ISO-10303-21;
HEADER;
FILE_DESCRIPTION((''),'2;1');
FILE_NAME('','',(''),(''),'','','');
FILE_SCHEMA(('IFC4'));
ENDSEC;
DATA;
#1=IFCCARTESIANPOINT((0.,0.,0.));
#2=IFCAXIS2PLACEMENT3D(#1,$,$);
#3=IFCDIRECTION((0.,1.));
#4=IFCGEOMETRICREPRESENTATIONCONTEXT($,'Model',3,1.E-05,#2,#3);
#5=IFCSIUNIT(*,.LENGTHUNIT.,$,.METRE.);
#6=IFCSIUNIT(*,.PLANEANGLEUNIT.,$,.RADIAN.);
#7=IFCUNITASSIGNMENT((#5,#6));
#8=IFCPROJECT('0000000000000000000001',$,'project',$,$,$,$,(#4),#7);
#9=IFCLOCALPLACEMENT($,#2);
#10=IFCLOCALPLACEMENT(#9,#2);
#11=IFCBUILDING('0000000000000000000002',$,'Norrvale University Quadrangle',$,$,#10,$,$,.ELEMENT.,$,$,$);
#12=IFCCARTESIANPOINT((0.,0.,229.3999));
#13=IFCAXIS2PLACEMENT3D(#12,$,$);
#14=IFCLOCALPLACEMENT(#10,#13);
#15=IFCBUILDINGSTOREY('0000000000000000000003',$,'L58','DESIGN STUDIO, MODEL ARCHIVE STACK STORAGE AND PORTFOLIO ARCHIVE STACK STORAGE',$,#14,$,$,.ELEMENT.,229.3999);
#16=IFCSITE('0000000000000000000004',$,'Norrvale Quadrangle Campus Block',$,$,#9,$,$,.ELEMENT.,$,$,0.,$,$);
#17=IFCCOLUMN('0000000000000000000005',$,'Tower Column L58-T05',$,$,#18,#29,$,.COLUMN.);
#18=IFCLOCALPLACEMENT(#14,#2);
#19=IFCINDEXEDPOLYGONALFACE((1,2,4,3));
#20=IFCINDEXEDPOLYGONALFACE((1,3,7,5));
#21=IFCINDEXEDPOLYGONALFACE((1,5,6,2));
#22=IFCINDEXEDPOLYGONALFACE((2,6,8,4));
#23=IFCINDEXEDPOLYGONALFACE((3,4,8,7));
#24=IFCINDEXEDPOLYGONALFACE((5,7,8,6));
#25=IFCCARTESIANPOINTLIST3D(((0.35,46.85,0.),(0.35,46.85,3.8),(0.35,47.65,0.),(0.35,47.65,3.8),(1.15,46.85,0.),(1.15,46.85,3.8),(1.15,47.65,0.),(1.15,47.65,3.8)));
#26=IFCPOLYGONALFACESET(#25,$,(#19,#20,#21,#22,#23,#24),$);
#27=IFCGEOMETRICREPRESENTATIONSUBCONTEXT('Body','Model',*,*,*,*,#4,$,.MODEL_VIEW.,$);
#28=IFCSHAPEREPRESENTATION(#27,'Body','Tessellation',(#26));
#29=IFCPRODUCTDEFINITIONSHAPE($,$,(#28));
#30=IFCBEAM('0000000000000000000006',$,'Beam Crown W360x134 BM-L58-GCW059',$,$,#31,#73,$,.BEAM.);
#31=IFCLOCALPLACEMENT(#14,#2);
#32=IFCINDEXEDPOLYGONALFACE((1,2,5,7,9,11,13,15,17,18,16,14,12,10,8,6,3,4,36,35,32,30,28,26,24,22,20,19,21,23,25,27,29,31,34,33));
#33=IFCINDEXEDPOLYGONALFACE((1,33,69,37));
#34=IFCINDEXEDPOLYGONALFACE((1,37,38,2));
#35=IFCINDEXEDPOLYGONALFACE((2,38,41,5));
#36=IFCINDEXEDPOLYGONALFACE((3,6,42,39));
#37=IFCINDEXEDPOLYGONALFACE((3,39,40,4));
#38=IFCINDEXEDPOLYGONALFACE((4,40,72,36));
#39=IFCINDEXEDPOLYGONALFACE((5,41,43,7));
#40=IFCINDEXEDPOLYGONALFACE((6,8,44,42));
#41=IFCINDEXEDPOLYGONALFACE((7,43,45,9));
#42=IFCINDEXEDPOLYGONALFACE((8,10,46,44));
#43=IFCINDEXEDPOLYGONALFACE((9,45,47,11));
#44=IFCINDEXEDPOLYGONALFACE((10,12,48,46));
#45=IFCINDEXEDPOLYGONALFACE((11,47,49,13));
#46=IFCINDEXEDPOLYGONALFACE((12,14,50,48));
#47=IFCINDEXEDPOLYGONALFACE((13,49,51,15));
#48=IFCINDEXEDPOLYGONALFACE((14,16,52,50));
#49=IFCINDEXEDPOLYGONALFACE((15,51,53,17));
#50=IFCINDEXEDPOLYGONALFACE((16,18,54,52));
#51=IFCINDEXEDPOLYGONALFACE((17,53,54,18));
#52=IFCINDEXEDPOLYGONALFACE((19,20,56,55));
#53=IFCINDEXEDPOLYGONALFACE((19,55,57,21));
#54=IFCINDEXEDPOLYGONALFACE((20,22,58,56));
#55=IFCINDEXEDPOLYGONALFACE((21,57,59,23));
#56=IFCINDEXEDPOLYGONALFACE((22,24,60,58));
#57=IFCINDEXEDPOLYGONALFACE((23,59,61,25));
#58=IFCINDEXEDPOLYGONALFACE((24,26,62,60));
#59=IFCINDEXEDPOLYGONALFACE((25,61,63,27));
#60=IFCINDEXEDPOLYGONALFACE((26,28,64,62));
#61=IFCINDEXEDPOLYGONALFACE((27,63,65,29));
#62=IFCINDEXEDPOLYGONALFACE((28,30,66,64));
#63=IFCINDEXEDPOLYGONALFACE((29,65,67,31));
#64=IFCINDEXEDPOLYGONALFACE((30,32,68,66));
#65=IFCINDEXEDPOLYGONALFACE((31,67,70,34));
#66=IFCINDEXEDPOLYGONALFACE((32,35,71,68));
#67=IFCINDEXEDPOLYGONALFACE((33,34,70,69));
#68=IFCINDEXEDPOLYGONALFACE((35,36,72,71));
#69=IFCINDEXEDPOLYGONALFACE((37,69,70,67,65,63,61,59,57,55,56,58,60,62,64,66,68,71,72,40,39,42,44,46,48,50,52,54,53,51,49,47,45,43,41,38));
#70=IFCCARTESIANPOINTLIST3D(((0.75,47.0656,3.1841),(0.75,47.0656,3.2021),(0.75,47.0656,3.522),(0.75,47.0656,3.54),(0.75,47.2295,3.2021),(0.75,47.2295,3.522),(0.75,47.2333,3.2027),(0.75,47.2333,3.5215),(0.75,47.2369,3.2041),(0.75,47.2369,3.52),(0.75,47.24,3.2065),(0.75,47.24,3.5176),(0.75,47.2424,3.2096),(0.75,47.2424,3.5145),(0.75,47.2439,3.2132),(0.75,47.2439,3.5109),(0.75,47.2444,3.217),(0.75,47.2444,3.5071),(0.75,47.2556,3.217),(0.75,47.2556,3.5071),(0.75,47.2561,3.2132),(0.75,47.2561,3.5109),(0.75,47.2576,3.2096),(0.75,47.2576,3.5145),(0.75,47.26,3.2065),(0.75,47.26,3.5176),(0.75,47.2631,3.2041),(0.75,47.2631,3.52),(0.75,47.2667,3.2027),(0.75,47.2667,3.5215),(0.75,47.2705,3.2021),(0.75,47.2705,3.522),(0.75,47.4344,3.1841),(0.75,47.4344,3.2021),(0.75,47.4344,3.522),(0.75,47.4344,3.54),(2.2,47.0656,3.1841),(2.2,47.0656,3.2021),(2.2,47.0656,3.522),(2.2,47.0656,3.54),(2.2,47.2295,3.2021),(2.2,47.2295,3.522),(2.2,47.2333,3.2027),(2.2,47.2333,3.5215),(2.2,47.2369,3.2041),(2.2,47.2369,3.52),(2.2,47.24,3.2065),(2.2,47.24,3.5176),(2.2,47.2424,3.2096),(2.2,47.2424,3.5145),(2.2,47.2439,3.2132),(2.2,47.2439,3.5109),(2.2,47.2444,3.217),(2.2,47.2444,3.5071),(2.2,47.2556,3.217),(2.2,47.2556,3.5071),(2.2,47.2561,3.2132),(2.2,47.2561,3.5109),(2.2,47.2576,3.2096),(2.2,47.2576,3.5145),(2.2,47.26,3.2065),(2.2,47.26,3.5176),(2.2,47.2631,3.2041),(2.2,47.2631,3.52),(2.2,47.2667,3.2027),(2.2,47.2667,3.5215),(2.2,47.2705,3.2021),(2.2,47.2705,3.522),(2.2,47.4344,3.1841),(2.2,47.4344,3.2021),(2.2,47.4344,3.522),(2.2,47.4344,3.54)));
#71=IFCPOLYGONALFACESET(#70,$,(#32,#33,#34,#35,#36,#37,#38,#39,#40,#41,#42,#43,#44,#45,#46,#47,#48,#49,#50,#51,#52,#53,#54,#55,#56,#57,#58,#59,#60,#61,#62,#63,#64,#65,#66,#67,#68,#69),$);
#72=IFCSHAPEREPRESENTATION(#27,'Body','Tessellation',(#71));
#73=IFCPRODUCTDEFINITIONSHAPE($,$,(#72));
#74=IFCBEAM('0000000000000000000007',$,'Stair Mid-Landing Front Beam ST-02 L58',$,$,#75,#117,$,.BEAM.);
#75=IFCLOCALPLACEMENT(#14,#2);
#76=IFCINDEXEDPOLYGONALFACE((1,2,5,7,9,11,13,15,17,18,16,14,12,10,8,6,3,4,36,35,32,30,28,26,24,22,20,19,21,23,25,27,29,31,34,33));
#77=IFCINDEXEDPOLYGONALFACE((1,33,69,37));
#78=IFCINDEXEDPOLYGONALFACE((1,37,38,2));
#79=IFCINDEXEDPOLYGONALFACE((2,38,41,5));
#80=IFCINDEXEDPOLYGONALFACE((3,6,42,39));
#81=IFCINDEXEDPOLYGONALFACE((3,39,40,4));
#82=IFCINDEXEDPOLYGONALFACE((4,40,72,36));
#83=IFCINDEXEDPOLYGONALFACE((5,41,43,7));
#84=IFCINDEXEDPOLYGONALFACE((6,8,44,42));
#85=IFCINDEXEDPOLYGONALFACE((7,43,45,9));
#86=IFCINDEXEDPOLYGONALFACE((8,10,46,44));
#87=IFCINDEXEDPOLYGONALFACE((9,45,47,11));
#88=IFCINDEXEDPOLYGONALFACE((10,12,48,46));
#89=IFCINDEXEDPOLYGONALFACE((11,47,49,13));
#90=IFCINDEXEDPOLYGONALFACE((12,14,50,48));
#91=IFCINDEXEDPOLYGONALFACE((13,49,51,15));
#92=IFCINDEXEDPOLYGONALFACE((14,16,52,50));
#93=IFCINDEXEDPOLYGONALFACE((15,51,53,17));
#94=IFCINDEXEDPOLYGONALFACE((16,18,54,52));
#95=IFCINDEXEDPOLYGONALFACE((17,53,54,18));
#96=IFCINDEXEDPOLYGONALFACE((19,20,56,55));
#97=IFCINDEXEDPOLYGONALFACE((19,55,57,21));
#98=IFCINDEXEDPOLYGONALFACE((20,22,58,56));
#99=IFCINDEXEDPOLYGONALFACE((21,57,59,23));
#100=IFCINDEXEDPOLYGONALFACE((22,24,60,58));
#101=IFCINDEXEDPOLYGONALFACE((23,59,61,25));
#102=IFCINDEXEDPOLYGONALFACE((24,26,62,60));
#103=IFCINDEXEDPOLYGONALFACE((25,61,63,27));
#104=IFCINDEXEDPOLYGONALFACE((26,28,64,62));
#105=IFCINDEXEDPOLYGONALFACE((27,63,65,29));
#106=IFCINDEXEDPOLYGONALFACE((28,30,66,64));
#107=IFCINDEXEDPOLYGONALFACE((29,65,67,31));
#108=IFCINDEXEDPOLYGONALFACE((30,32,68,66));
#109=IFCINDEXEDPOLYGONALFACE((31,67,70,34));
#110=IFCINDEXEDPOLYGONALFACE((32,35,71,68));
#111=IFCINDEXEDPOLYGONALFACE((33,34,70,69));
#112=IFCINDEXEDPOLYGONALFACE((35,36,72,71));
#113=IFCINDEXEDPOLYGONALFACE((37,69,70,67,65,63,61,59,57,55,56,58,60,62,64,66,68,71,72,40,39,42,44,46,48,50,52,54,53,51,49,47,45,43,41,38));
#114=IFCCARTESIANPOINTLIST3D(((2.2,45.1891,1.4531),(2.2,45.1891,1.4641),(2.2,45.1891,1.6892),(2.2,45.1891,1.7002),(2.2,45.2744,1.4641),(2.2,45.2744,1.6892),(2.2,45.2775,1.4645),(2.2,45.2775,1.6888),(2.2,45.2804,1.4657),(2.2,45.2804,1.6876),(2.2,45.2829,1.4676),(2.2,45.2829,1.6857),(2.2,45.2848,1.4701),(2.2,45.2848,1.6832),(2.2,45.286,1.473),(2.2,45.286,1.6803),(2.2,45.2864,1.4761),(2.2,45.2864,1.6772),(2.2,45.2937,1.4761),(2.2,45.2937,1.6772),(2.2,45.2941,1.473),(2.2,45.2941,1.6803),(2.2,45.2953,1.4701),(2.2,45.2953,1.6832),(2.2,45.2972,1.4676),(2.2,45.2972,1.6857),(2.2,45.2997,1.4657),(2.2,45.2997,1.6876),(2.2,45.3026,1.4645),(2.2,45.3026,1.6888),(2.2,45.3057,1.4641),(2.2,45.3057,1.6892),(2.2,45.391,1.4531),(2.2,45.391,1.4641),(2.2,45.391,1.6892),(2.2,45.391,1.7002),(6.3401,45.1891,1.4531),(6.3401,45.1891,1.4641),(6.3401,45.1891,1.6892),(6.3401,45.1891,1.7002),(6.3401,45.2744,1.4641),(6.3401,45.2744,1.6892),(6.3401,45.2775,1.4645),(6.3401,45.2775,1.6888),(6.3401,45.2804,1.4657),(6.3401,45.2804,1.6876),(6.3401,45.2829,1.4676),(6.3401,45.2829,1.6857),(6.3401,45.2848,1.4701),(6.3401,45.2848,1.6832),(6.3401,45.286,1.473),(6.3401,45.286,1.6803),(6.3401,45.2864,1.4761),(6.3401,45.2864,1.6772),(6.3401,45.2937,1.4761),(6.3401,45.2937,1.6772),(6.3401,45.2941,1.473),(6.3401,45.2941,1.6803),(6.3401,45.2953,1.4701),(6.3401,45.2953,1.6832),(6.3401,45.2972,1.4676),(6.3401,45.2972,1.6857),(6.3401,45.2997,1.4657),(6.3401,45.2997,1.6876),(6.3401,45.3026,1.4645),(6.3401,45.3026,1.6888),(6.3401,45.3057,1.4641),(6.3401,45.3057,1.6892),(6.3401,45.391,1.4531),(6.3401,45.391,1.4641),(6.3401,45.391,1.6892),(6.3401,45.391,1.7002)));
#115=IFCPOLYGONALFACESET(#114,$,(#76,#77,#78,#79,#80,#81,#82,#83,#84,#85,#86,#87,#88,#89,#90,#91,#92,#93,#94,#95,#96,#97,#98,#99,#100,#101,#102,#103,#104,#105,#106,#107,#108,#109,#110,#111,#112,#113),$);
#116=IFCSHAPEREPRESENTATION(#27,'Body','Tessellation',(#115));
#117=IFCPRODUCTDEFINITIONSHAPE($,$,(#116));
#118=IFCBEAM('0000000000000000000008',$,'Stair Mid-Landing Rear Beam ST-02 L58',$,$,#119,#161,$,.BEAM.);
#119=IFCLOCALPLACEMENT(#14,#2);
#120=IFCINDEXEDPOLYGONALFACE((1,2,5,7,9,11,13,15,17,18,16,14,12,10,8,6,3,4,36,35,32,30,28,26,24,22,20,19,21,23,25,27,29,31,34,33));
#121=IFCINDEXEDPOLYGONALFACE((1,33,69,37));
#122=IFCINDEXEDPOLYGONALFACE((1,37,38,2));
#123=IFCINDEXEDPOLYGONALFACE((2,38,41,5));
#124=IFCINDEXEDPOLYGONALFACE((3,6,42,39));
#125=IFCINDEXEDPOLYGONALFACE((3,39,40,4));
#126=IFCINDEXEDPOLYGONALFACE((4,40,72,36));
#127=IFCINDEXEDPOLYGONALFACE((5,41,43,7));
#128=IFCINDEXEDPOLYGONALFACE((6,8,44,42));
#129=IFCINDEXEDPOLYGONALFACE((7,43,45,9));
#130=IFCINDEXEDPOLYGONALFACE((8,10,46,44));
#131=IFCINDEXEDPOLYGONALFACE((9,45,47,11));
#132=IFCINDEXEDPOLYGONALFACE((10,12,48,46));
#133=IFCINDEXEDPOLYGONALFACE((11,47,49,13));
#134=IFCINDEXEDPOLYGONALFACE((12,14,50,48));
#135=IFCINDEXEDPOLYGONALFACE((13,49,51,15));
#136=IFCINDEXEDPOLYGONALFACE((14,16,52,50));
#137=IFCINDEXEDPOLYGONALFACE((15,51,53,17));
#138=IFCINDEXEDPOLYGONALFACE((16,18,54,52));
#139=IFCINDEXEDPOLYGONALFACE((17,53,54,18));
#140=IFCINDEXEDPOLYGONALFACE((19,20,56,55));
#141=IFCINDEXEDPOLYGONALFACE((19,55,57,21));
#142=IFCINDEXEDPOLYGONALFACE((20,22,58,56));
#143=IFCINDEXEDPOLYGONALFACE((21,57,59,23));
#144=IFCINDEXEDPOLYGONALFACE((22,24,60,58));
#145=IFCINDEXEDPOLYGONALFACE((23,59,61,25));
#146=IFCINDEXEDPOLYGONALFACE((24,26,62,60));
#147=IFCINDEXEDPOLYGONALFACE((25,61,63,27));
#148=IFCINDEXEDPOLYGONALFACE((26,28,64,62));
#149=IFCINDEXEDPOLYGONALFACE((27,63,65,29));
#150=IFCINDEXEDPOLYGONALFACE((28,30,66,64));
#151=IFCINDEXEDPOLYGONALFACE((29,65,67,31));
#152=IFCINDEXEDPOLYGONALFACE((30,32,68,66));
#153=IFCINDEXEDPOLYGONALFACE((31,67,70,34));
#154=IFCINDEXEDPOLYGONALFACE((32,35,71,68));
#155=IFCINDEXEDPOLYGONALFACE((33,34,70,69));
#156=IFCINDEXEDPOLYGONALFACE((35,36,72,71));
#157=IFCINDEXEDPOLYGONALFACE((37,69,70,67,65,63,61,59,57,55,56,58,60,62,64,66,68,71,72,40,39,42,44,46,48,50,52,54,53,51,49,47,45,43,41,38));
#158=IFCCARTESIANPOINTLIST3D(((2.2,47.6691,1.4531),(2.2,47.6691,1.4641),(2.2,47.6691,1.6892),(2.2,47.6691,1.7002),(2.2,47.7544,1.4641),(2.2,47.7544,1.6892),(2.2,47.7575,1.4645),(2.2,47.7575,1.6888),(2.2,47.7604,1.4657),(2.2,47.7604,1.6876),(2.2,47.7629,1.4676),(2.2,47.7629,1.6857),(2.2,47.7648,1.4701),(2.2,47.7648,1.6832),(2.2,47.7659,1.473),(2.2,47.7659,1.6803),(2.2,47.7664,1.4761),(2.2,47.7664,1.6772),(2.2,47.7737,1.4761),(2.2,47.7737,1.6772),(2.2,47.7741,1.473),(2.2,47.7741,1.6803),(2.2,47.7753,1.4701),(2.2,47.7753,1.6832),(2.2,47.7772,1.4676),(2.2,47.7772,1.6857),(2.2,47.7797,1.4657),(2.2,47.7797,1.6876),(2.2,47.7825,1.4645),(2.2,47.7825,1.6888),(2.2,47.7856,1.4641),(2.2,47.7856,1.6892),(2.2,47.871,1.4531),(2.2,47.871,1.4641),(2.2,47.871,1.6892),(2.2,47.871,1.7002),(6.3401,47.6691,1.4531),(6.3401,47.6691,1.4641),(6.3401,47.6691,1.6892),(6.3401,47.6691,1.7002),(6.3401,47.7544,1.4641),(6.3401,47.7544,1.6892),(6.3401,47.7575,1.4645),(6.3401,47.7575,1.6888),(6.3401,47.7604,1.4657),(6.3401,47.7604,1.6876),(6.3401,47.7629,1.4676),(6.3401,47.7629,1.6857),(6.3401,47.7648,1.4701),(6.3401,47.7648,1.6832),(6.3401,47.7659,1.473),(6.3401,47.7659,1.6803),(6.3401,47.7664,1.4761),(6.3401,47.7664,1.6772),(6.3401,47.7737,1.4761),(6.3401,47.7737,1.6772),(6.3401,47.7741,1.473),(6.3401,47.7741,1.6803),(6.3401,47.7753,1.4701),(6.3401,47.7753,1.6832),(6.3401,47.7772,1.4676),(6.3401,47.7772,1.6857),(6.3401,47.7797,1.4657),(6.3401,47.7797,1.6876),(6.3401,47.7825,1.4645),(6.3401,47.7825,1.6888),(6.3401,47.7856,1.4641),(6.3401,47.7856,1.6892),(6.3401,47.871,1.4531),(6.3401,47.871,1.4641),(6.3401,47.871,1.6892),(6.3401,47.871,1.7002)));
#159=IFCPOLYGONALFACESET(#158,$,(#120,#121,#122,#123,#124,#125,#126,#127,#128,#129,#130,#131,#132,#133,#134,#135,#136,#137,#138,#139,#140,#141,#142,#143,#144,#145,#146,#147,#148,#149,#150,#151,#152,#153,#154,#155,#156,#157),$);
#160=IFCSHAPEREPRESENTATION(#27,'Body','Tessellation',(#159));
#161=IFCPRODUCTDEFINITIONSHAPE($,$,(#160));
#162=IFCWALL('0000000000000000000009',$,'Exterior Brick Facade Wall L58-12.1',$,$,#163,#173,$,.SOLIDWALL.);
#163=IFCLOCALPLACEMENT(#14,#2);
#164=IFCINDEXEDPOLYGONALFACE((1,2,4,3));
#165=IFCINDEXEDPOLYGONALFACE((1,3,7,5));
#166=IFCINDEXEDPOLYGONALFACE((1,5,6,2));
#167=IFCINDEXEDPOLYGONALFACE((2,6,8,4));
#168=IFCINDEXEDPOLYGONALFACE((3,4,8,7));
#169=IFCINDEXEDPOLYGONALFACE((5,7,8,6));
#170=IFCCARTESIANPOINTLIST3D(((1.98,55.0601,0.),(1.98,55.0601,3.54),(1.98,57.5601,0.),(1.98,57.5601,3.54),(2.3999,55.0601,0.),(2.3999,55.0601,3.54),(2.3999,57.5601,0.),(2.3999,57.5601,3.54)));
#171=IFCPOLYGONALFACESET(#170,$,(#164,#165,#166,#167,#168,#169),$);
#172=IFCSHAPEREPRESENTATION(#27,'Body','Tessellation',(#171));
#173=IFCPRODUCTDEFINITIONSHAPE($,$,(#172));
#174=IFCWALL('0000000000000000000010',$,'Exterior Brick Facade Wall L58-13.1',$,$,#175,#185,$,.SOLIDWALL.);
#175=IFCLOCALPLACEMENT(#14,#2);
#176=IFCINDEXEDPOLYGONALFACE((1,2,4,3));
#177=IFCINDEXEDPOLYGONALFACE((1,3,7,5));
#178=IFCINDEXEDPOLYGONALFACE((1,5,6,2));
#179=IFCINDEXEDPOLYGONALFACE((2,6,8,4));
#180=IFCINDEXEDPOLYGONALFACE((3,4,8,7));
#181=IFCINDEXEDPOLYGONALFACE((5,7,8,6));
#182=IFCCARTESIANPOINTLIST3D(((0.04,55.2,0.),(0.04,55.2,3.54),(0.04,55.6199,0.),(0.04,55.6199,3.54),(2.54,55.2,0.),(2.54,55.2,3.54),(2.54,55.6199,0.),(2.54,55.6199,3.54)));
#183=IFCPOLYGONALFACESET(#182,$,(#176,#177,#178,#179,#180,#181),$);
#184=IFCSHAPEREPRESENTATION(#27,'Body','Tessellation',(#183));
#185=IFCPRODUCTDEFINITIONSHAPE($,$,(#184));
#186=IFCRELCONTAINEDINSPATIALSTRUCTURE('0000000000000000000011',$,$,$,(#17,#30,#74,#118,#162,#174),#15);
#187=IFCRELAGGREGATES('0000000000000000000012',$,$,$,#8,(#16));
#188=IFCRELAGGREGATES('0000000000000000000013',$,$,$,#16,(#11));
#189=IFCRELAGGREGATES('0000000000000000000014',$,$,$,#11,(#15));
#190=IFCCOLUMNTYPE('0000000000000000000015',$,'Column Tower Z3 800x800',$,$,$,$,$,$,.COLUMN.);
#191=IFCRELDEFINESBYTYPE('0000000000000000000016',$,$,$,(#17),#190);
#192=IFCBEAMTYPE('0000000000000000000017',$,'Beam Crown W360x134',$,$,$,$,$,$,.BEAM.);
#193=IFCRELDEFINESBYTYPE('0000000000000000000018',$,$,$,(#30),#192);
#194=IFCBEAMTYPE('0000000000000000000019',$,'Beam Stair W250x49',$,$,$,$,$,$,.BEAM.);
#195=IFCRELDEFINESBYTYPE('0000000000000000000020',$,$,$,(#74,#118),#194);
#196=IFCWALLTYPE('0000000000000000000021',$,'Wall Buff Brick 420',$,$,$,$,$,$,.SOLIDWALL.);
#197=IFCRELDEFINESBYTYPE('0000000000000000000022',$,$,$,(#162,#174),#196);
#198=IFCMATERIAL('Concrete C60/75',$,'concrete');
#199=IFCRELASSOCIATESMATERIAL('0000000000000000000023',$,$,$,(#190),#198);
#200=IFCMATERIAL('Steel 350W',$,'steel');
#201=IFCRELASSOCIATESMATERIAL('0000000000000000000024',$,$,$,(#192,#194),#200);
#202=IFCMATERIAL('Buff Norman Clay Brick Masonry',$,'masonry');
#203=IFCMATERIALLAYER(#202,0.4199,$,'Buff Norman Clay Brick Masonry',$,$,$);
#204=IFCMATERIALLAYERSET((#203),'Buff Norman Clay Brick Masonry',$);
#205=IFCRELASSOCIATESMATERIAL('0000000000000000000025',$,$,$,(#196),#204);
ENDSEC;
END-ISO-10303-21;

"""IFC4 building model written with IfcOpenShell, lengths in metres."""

from ifc_helpers import new_model, si_unit, direction, frame, frame_2d, origin, origin_2d, place, context, subcontext, project, spatial, rectangle, i_section, extrude, material, layer, layer_set, material_profile, profile_set, type_object, element, save


model = new_model("IFC4")

# Units and contexts
model_context = context("Model", 3, precision=1e-05, world=origin(), true_north=direction((0.0, 1.0)))
body_context = subcontext(model_context, "Body", "Model", "MODEL_VIEW")
ifc_project = project(units=[si_unit("LENGTHUNIT", "METRE"), si_unit("PLANEANGLEUNIT", "RADIAN")], contexts=[model_context])

# Site, building, storey
site_placement = place(None, origin())
site = spatial("IfcSite", under=ifc_project, at=site_placement, Name="Norrvale Quadrangle Campus Block", CompositionType="ELEMENT", RefElevation=0.0)
building_placement = place(site_placement, origin())
building = spatial("IfcBuilding", under=site, at=building_placement, Name="Norrvale University Quadrangle", CompositionType="ELEMENT")
storey_placement = place(building_placement, frame((0.0, 0.0, 229.3999)))
storey = spatial("IfcBuildingStorey", under=building, at=storey_placement, Name="L58", Description="DESIGN STUDIO, MODEL ARCHIVE STACK STORAGE AND PORTFOLIO ARCHIVE STACK STORAGE", CompositionType="ELEMENT", Elevation=229.3999)

# Column
ifc_material_1 = material(Name="Concrete C60/75", Category="concrete")
ifc_material_profile_1 = material_profile(ifc_material_1, rectangle(XDim=0.8, YDim=0.8, at=origin_2d()), Name="Concrete C60/75")
ifc_profile_set_1 = profile_set([ifc_material_profile_1], Name="Concrete C60/75")
column_type = type_object("IfcColumnType", Name="Column Tower Z3 800x800", PredefinedType="COLUMN", material=ifc_profile_set_1)
column_placement = place(storey_placement, frame((0.75, 47.25, 0.0), z_axis=(0.0, 0.0, 1.0), x_axis=(1.0, 0.0, 0.0)))
element("IfcColumn", 1, at=column_placement, inside=storey, type_object=column_type, Name="Tower Column L58-T05", PredefinedType="COLUMN", context=body_context, shape_type="SweptSolid", body=[
    extrude(rectangle(XDim=0.8, YDim=0.8, at=origin_2d()), origin(), (0.0, 0.0, 1.0), 3.8),
])

# Beams
ifc_material_2 = material(Name="Steel 350W", Category="steel")
ifc_material_profile_2 = material_profile(ifc_material_2, i_section(OverallWidth=0.3689, OverallDepth=0.356, WebThickness=0.0112, FlangeThickness=0.0181, FilletRadius=0.0149, at=origin_2d()), Name="Steel 350W")
ifc_profile_set_2 = profile_set([ifc_material_profile_2], Name="Steel 350W")
beam_type_1 = type_object("IfcBeamType", Name="Beam Crown W360x134", PredefinedType="BEAM", material=ifc_profile_set_2)
beam_placement = place(storey_placement, frame((0.75, 47.25, 3.3621), z_axis=(1.0, 0.0, 0.0), x_axis=(0.0, 1.0, 0.0)))
element("IfcBeam", 2, at=beam_placement, inside=storey, type_object=beam_type_1, Name="Beam Crown W360x134 BM-L58-GCW059", PredefinedType="BEAM", context=body_context, shape_type="SweptSolid", body=[
    extrude(i_section(OverallWidth=0.3689, OverallDepth=0.356, WebThickness=0.0112, FlangeThickness=0.0181, FilletRadius=0.0149, at=origin_2d()), origin(), (0.0, 0.0, 1.0), 1.45),
])
ifc_material_profile_3 = material_profile(ifc_material_2, i_section(OverallWidth=0.2019, OverallDepth=0.2471, WebThickness=0.0073, FlangeThickness=0.011, FilletRadius=0.012, at=origin_2d()), Name="Steel 350W")
ifc_profile_set_3 = profile_set([ifc_material_profile_3], Name="Steel 350W")
beam_type_2 = type_object("IfcBeamType", Name="Beam Stair W250x49", PredefinedType="BEAM", material=ifc_profile_set_3)
for number, where, z_axis, x_axis, name in (
    (3, (2.2, 45.29, 1.5767), (1.0, 0.0, 0.0), (0.0, 1.0, 0.0), "Stair Mid-Landing Front Beam ST-02 L58"),
    (4, (2.2, 47.77, 1.5767), (1.0, 0.0, 0.0), (0.0, 1.0, 0.0), "Stair Mid-Landing Rear Beam ST-02 L58"),
):
    element("IfcBeam", number, at=place(storey_placement, frame(where, z_axis=z_axis, x_axis=x_axis)), inside=storey, type_object=beam_type_2, Name=name, PredefinedType="BEAM", context=body_context, shape_type="SweptSolid", body=[
        extrude(i_section(OverallWidth=0.2019, OverallDepth=0.2471, WebThickness=0.0073, FlangeThickness=0.011, FilletRadius=0.012, at=origin_2d()), origin(), (0.0, 0.0, 1.0), 4.1401),
    ])

# Walls
ifc_material_3 = material(Name="Buff Norman Clay Brick Masonry", Category="masonry")
ifc_layer_1 = layer(ifc_material_3, 0.4199, Name="Buff Norman Clay Brick Masonry")
ifc_layer_set_1 = layer_set([ifc_layer_1], Name="Buff Norman Clay Brick Masonry")
wall_type_1 = type_object("IfcWallType", Name="Wall Buff Brick 420", PredefinedType="SOLIDWALL", material=ifc_layer_set_1)
for number, where, z_axis, x_axis, name in (
    (5, (2.1899, 57.5601, 0.0), (0.0, 0.0, 1.0), (0.0, -1.0, 0.0), "Exterior Brick Facade Wall L58-12.1"),
    (6, (2.54, 55.4099, 0.0), (0.0, 0.0, 1.0), (-1.0, 0.0, 0.0), "Exterior Brick Facade Wall L58-13.1"),
):
    element("IfcWall", number, at=place(storey_placement, frame(where, z_axis=z_axis, x_axis=x_axis)), inside=storey, type_object=wall_type_1, Name=name, PredefinedType="SOLIDWALL", context=body_context, shape_type="SweptSolid", body=[
        extrude(rectangle(XDim=2.5, YDim=0.4199, at=frame_2d((1.25, 0.0))), origin(), (0.0, 0.0, 1.0), 3.54),
    ])

save(model, "model.ifc")
